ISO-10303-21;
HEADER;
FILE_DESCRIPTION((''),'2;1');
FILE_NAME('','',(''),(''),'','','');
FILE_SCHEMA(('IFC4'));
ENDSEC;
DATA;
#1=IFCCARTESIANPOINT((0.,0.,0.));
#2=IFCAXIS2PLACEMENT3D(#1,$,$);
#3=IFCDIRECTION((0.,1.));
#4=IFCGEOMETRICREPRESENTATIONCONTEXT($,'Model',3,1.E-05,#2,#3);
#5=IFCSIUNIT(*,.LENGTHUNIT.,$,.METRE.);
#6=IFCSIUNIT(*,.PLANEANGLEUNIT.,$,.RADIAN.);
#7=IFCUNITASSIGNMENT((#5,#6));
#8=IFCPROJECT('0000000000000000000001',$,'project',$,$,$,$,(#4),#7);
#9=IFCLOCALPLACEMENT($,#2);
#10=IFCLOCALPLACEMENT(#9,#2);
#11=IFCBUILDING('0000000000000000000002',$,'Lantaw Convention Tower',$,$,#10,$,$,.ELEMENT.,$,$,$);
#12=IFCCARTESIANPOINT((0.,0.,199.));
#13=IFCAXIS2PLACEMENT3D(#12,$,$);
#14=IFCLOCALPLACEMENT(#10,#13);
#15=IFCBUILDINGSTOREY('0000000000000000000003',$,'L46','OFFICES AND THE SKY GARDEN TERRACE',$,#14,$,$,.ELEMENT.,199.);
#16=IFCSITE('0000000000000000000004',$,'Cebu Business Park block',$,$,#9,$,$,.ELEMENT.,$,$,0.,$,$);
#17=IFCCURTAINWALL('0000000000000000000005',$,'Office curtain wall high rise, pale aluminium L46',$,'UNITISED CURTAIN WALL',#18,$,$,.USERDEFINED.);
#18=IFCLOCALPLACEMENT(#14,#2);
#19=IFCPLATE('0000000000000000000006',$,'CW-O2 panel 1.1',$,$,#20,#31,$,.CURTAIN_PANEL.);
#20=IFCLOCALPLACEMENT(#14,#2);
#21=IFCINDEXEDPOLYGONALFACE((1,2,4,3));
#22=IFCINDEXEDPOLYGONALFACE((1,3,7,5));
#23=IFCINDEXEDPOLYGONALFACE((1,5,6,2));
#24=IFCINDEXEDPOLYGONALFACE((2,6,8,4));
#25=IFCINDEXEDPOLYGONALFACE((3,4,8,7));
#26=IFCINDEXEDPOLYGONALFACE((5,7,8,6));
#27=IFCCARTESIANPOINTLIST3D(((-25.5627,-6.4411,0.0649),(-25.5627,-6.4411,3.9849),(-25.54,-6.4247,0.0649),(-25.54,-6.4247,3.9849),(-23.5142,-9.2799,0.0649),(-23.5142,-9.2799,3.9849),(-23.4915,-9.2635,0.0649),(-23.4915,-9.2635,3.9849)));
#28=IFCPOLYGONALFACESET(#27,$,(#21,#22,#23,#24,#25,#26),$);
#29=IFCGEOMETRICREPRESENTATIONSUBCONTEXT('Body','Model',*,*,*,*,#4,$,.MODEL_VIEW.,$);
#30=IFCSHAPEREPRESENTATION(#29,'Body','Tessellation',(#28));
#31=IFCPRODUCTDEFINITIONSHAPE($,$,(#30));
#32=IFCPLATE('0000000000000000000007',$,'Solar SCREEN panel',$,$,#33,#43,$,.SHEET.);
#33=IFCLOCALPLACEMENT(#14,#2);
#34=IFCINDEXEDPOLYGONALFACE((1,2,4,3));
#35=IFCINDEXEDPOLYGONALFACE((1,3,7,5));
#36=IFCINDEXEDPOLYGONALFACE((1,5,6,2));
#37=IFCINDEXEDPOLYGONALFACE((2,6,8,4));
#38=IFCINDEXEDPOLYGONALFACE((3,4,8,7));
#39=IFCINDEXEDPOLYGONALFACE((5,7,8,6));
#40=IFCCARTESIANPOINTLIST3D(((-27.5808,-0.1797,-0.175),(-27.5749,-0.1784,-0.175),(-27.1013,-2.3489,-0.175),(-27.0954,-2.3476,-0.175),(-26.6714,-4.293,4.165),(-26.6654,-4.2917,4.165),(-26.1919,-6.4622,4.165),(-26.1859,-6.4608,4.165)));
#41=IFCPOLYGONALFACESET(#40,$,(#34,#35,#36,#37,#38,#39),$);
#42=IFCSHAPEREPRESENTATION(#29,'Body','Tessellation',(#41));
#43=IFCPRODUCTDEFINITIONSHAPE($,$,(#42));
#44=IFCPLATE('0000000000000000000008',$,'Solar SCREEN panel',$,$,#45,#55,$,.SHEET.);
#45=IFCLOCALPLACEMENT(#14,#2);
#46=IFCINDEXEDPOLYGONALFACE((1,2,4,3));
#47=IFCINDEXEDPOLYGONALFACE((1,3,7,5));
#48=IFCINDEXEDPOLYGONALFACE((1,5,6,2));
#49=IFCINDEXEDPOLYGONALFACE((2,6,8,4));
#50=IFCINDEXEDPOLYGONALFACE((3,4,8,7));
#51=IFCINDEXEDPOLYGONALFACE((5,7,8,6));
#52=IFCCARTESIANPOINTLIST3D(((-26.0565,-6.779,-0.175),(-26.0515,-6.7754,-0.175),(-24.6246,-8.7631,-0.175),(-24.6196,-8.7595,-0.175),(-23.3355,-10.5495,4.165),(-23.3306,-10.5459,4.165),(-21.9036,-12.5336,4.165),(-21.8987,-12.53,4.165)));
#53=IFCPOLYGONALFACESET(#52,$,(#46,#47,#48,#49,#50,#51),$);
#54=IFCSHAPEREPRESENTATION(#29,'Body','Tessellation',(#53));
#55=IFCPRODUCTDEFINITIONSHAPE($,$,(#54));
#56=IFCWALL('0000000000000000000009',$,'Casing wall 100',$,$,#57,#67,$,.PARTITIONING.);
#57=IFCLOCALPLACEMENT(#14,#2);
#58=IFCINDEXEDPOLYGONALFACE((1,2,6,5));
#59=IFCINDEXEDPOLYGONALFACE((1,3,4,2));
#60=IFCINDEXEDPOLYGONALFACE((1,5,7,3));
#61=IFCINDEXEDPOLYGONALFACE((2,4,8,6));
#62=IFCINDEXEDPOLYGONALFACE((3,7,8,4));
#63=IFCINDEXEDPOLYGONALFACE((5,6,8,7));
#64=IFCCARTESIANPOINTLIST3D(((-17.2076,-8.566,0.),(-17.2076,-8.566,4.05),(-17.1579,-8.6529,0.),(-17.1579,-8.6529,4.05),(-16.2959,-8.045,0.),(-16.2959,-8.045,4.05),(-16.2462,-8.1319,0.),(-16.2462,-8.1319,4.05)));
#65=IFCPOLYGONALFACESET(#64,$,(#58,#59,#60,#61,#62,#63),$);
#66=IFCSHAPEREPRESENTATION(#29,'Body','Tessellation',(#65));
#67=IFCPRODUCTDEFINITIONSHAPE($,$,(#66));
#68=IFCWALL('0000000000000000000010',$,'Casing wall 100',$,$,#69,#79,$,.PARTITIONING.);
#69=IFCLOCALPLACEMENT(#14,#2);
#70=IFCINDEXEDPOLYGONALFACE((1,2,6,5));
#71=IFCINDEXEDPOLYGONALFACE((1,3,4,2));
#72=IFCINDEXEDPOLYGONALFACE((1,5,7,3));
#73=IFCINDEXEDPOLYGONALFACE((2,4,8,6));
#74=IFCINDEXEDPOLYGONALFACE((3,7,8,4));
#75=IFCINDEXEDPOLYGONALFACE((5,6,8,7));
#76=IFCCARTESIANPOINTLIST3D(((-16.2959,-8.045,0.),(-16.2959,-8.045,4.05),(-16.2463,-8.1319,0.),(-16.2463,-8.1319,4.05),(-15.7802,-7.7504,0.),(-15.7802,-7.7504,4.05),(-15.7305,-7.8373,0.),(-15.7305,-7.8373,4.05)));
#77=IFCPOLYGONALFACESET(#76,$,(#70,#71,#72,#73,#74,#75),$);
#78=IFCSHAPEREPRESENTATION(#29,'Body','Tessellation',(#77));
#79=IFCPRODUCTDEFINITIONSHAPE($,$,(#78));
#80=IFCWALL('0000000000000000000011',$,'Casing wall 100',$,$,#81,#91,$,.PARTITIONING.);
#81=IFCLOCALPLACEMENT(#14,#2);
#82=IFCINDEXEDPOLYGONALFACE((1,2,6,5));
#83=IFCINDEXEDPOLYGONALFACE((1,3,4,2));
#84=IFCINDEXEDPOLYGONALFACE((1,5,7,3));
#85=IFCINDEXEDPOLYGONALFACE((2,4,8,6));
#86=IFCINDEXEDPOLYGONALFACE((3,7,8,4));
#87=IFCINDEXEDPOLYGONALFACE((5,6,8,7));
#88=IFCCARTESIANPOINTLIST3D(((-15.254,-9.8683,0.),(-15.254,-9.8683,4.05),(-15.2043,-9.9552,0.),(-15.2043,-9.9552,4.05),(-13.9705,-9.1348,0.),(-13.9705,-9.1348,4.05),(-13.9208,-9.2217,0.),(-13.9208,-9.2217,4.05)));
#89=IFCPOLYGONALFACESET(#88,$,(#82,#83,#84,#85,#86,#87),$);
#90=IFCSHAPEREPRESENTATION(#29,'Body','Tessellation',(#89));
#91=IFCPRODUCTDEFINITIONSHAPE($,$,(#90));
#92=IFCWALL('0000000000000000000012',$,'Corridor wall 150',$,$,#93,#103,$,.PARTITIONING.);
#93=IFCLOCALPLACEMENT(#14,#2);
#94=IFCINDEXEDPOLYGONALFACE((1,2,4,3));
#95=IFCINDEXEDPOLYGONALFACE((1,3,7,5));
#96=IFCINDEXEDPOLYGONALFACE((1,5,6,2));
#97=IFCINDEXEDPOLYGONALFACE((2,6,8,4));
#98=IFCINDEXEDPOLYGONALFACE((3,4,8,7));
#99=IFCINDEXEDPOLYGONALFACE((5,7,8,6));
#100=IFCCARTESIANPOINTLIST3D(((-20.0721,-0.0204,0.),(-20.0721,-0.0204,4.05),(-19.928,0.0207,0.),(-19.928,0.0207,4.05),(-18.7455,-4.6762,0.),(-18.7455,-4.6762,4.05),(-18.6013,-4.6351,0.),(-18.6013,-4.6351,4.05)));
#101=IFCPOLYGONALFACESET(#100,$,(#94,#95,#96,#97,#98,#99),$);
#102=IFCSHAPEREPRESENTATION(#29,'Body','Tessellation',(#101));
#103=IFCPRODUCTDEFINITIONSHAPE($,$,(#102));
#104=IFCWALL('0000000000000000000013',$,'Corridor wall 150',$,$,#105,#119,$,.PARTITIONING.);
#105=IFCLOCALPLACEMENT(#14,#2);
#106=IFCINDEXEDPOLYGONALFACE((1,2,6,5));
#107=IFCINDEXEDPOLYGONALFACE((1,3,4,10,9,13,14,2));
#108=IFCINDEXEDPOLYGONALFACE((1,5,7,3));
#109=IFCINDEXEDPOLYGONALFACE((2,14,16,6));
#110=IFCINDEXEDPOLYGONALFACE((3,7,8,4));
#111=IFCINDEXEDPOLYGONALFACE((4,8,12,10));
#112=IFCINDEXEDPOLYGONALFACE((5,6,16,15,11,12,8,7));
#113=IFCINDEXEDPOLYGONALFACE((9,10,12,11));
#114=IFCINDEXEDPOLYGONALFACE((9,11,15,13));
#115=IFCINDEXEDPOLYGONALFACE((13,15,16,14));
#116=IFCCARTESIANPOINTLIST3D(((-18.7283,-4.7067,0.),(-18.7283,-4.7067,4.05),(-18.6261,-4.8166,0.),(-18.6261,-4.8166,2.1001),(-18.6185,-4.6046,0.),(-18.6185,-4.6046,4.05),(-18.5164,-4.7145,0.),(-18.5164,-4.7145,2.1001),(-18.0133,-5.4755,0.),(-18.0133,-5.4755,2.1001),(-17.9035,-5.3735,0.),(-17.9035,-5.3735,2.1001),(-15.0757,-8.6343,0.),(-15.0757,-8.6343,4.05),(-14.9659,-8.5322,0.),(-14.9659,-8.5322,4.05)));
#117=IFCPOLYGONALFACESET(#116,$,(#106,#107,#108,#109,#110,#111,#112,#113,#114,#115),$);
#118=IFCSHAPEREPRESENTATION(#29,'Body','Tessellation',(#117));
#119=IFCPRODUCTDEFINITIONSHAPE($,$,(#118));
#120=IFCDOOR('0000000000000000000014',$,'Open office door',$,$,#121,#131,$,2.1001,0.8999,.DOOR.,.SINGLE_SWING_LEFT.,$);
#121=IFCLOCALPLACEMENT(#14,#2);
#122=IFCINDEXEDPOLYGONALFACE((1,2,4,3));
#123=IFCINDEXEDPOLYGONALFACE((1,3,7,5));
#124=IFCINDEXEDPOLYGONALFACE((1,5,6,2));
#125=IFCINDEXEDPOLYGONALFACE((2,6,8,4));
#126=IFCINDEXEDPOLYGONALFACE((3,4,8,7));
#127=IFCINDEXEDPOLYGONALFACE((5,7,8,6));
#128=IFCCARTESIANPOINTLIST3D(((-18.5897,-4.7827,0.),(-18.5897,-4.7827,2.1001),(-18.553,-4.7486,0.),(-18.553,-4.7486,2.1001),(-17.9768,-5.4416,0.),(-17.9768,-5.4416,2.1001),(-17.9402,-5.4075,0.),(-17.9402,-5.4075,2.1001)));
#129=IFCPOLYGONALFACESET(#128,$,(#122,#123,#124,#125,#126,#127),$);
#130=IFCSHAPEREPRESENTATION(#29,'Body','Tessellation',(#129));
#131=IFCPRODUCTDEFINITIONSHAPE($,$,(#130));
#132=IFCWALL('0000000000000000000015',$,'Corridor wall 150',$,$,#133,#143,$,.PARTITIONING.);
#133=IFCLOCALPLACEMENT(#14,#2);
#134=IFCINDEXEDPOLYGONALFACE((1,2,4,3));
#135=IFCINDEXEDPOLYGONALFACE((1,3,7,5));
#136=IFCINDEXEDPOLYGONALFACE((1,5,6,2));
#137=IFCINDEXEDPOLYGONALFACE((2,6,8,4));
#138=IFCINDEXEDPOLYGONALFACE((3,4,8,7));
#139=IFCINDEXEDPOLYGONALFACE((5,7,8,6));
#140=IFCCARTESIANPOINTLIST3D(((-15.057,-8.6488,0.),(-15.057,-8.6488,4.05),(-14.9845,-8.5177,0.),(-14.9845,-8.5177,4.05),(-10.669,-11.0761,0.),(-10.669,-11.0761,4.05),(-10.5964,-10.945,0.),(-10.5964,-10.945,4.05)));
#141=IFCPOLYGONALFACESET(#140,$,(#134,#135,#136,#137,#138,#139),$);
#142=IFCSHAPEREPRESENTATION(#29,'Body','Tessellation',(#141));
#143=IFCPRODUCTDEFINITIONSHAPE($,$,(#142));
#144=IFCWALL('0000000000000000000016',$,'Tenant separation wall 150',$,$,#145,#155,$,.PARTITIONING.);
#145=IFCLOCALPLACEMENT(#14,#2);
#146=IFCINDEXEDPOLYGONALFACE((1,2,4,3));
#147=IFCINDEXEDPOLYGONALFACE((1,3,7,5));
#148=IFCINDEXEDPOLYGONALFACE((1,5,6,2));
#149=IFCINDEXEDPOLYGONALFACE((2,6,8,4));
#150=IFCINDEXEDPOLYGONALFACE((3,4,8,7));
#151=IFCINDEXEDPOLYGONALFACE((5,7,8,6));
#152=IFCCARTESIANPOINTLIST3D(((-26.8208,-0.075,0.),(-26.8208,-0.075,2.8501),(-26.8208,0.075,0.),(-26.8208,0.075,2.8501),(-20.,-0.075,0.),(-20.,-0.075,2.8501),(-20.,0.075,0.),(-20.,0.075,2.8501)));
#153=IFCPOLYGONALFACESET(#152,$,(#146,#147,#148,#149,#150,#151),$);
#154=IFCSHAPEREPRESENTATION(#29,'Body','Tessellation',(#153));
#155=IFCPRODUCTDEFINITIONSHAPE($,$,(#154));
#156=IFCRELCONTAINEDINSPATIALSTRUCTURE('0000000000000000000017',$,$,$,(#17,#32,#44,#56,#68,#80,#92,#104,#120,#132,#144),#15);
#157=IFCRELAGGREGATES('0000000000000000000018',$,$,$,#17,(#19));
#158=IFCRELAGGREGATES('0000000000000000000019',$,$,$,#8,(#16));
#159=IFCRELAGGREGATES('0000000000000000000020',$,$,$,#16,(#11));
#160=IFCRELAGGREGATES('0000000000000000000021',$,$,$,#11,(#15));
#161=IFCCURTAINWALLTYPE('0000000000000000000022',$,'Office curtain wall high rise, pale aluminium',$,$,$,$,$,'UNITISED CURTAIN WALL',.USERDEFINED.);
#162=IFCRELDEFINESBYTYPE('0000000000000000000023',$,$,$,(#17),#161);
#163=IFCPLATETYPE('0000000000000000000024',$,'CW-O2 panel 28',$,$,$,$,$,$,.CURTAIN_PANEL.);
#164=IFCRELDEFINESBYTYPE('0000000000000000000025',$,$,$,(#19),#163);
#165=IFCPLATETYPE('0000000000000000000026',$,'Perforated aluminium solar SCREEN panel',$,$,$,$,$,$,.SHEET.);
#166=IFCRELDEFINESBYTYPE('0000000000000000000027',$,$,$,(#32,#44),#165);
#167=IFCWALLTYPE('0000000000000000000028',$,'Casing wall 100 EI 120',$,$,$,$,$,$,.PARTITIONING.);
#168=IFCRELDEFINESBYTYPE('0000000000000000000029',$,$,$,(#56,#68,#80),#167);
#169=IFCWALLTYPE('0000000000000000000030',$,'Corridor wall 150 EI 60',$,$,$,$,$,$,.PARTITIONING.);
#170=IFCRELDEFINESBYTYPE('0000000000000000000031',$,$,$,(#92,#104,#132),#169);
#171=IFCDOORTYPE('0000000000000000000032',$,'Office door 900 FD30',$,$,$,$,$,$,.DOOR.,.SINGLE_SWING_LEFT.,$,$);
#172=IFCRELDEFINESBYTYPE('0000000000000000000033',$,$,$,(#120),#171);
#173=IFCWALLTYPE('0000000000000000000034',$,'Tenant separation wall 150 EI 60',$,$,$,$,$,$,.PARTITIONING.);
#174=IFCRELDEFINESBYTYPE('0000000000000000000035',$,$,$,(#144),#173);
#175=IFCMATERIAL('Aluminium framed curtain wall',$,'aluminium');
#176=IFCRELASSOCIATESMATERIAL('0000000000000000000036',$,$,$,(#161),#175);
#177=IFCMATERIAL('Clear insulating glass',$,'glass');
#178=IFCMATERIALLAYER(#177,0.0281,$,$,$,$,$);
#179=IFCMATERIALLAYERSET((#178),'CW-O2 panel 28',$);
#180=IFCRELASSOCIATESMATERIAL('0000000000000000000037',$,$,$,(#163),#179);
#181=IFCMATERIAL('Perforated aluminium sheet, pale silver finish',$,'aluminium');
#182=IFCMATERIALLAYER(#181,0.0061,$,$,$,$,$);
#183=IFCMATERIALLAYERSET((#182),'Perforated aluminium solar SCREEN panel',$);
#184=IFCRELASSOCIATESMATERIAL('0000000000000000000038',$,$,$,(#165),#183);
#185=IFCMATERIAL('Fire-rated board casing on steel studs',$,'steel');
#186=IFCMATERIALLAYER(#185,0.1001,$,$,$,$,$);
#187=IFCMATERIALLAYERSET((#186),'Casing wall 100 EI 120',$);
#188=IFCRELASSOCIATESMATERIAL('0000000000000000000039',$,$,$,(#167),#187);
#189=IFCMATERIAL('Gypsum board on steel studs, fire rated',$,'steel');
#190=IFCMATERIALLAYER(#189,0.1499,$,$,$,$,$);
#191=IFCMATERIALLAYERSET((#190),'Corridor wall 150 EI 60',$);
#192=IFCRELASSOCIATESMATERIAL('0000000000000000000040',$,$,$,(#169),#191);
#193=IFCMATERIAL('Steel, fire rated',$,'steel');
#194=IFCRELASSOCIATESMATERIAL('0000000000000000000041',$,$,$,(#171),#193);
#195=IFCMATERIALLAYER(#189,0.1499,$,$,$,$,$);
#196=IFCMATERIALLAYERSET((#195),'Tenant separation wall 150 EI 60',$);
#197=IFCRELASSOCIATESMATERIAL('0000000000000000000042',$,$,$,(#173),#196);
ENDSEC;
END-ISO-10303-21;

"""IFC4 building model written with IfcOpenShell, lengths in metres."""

from ifc_helpers import new_model, si_unit, direction, frame, frame_2d, origin, origin_2d, place, context, subcontext, project, spatial, polyline, rectangle, outline, extrude, material, layer, layer_set, type_object, element, fill, aggregate, save


model = new_model("IFC4")

# Units and contexts
model_context = context("Model", 3, precision=1e-05, world=origin(), true_north=direction((0.0, 1.0)))
body_context = subcontext(model_context, "Body", "Model", "MODEL_VIEW")
ifc_project = project(units=[si_unit("LENGTHUNIT", "METRE"), si_unit("PLANEANGLEUNIT", "RADIAN")], contexts=[model_context])

# Site, building, storey
site_placement = place(None, origin())
site = spatial("IfcSite", under=ifc_project, at=site_placement, Name="Cebu Business Park block", CompositionType="ELEMENT", RefElevation=0.0)
building_placement = place(site_placement, origin())
building = spatial("IfcBuilding", under=site, at=building_placement, Name="Lantaw Convention Tower", CompositionType="ELEMENT")
storey_placement = place(building_placement, frame((0.0, 0.0, 199.0)))
storey = spatial("IfcBuildingStorey", under=building, at=storey_placement, Name="L46", Description="OFFICES AND THE SKY GARDEN TERRACE", CompositionType="ELEMENT", Elevation=199.0)

# Curtain wall, plate
ifc_material_1 = material(Name="Aluminium framed curtain wall", Category="aluminium")
curtain_wall_type = type_object("IfcCurtainWallType", Name="Office curtain wall high rise, pale aluminium", ElementType="UNITISED CURTAIN WALL", PredefinedType="USERDEFINED", material=ifc_material_1)
curtain_wall_placement = place(storey_placement, origin())
curtain_wall = element("IfcCurtainWall", 1, at=curtain_wall_placement, inside=storey, type_object=curtain_wall_type, Name="Office curtain wall high rise, pale aluminium L46", ObjectType="UNITISED CURTAIN WALL", PredefinedType="USERDEFINED")
ifc_material_2 = material(Name="Clear insulating glass", Category="glass")
ifc_layer_1 = layer(ifc_material_2, 0.0281)
ifc_layer_set_1 = layer_set([ifc_layer_1], Name="CW-O2 panel 28")
plate_type_1 = type_object("IfcPlateType", Name="CW-O2 panel 28", PredefinedType="CURTAIN_PANEL", material=ifc_layer_set_1)
plate_1_placement = place(storey_placement, frame((-24.5271, -7.8523, 0.0649), z_axis=(0.0, 0.0, 1.0), x_axis=(0.585158, -0.81092, 0.0)))
plate_1 = element("IfcPlate", 2, at=plate_1_placement, type_object=plate_type_1, Name="CW-O2 panel 1.1", PredefinedType="CURTAIN_PANEL", context=body_context, shape_type="SweptSolid", body=[
    extrude(rectangle(XDim=3.5007, YDim=0.0281, at=origin_2d()), origin(), (0.0, 0.0, 1.0), 3.9199),
])
aggregate(curtain_wall, [plate_1])

# Plates
ifc_material_3 = material(Name="Perforated aluminium sheet, pale silver finish", Category="aluminium")
ifc_layer_2 = layer(ifc_material_3, 0.0061)
ifc_layer_set_2 = layer_set([ifc_layer_2], Name="Perforated aluminium solar SCREEN panel")
plate_type_2 = type_object("IfcPlateType", Name="Perforated aluminium solar SCREEN panel", PredefinedType="SHEET", material=ifc_layer_set_2)
plate_2_placement = place(storey_placement, frame((-27.5808, -0.1797, -0.175), z_axis=(-0.97643, -0.215837, 0.000044), x_axis=(0.215837, -0.97643, 0.0)))
element("IfcPlate", 3, at=plate_2_placement, inside=storey, type_object=plate_type_2, Name="Solar SCREEN panel", PredefinedType="SHEET", context=body_context, shape_type="SweptSolid", body=[
    extrude(outline(polyline([(0.0, 0.0), (2.2216, 0.0), (6.4342, 4.3401), (4.2126, 4.3401), (0.0, 0.0)])), origin(), (0.0, 0.0, -1.0), 0.0061),
])
plate_3_placement = place(storey_placement, frame((-26.0515, -6.7754, -0.175), z_axis=(0.810892, 0.585195, 0.00002), x_axis=(0.585195, -0.810892, 0.0)))
element("IfcPlate", 4, at=plate_3_placement, inside=storey, type_object=plate_type_2, Name="Solar SCREEN panel", PredefinedType="SHEET", context=body_context, shape_type="SweptSolid", body=[
    extrude(outline(polyline([(0.0, 0.0), (2.4468, 0.0), (7.0966, -4.3401), (4.6498, -4.3401), (0.0, 0.0)])), origin(), (0.0, 0.0, -1.0), 0.0061),
])

# Walls
ifc_material_4 = material(Name="Fire-rated board casing on steel studs", Category="steel")
ifc_layer_3 = layer(ifc_material_4, 0.1001)
ifc_layer_set_3 = layer_set([ifc_layer_3], Name="Casing wall 100 EI 120")
wall_type_1 = type_object("IfcWallType", Name="Casing wall 100 EI 120", PredefinedType="PARTITIONING", material=ifc_layer_set_3)
wall_1_placement = place(storey_placement, frame((-17.1826, -8.6094, 0.0), z_axis=(0.0, 0.0, 1.0), x_axis=(0.868215, 0.496189, 0.0)))
element("IfcWall", 5, at=wall_1_placement, inside=storey, type_object=wall_type_1, Name="Casing wall 100", PredefinedType="PARTITIONING", context=body_context, shape_type="SweptSolid", body=[
    extrude(rectangle(XDim=1.05, YDim=0.1001, at=frame_2d((0.5249, 0.0))), origin(), (0.0, 0.0, 1.0), 4.05),
])
wall_2_placement = place(storey_placement, frame((-16.271, -8.0884, 0.0), z_axis=(0.0, 0.0, 1.0), x_axis=(0.868319, 0.496006, 0.0)))
element("IfcWall", 6, at=wall_2_placement, inside=storey, type_object=wall_type_1, Name="Casing wall 100", PredefinedType="PARTITIONING", context=body_context, shape_type="SweptSolid", body=[
    extrude(rectangle(XDim=0.594, YDim=0.1001, at=frame_2d((0.2969, 0.0))), origin(), (0.0, 0.0, 1.0), 4.05),
])
wall_3_placement = place(storey_placement, frame((-13.9456, -9.1782, 0.0), z_axis=(0.0, 0.0, 1.0), x_axis=(-0.868243, -0.496139, 0.0)))
element("IfcWall", 7, at=wall_3_placement, inside=storey, type_object=wall_type_1, Name="Casing wall 100", PredefinedType="PARTITIONING", context=body_context, shape_type="SweptSolid", body=[
    extrude(rectangle(XDim=1.4783, YDim=0.1001, at=frame_2d((0.7393, 0.0))), origin(), (0.0, 0.0, 1.0), 4.05),
])
ifc_material_5 = material(Name="Gypsum board on steel studs, fire rated", Category="steel")
ifc_layer_4 = layer(ifc_material_5, 0.1499)
ifc_layer_set_4 = layer_set([ifc_layer_4], Name="Corridor wall 150 EI 60")
wall_type_2 = type_object("IfcWallType", Name="Corridor wall 150 EI 60", PredefinedType="PARTITIONING", material=ifc_layer_set_4)
wall_4_placement = place(storey_placement, frame((-20.0, 0.0, 0.0), z_axis=(0.0, 0.0, 1.0), x_axis=(0.274042, -0.961718, 0.0)))
element("IfcWall", 8, at=wall_4_placement, inside=storey, type_object=wall_type_2, Name="Corridor wall 150", PredefinedType="PARTITIONING", context=body_context, shape_type="SweptSolid", body=[
    extrude(rectangle(XDim=4.8411, YDim=0.1499, at=frame_2d((2.4204, 0.0))), origin(), (0.0, 0.0, 1.0), 4.05),
])

# Wall, opening, door
wall_5_placement = place(storey_placement, frame((-18.6733, -4.6558, 0.0), z_axis=(0.0, 0.0, 1.0), x_axis=(0.681015, -0.73227, 0.0)))
wall_5 = element("IfcWall", 9, at=wall_5_placement, inside=storey, type_object=wall_type_2, Name="Corridor wall 150", PredefinedType="PARTITIONING", context=body_context, shape_type="SweptSolid", body=[
    extrude(rectangle(XDim=5.3635, YDim=0.1499, at=frame_2d((2.6816, 0.0))), origin(), (0.0, 0.0, 1.0), 4.05),
])
opening_placement = place(wall_5_placement, frame((0.1499, 0.0, 0.0)))
opening = element("IfcOpeningElement", 10, at=opening_placement, cuts=wall_5, PredefinedType="OPENING", context=body_context, shape_type="SweptSolid", body=[
    extrude(rectangle(XDim=0.8999, YDim=2.1001, at=frame_2d((0.45, 1.05))), frame((0.0, 0.085, 0.0), z_axis=(0.0, -1.0, 0.0), x_axis=(1.0, 0.0, 0.0)), (0.0, 0.0, 1.0), 0.1699),
])
ifc_material_6 = material(Name="Steel, fire rated", Category="steel")
door_type = type_object("IfcDoorType", Name="Office door 900 FD30", OperationType="SINGLE_SWING_LEFT", PredefinedType="DOOR", material=ifc_material_6)
door_placement = place(opening_placement, origin())
door = element("IfcDoor", 11, at=door_placement, inside=storey, type_object=door_type, Name="Open office door", OperationType="SINGLE_SWING_LEFT", OverallHeight=2.1001, OverallWidth=0.8999, PredefinedType="DOOR", context=body_context, shape_type="SweptSolid", body=[
    extrude(rectangle(XDim=0.8999, YDim=2.1001, at=frame_2d((0.45, 1.05))), frame((0.0, 0.0249, 0.0), z_axis=(0.0, -1.0, 0.0), x_axis=(1.0, 0.0, 0.0)), (0.0, 0.0, 1.0), 0.05),
])
fill(opening, door)

# Walls
wall_6_placement = place(storey_placement, frame((-15.0208, -8.5833, 0.0), z_axis=(0.0, 0.0, 1.0), x_axis=(0.875045, -0.484042, 0.0)))
element("IfcWall", 12, at=wall_6_placement, inside=storey, type_object=wall_type_2, Name="Corridor wall 150", PredefinedType="PARTITIONING", context=body_context, shape_type="SweptSolid", body=[
    extrude(rectangle(XDim=5.0146, YDim=0.1499, at=frame_2d((2.5073, 0.0))), origin(), (0.0, 0.0, 1.0), 4.05),
])
ifc_layer_5 = layer(ifc_material_5, 0.1499)
ifc_layer_set_5 = layer_set([ifc_layer_5], Name="Tenant separation wall 150 EI 60")
wall_type_3 = type_object("IfcWallType", Name="Tenant separation wall 150 EI 60", PredefinedType="PARTITIONING", material=ifc_layer_set_5)
wall_7_placement = place(storey_placement, frame((-26.8208, 0.0, 0.0), z_axis=(0.0, 0.0, 1.0), x_axis=(1.0, 0.0, 0.0)))
element("IfcWall", 13, at=wall_7_placement, inside=storey, type_object=wall_type_3, Name="Tenant separation wall 150", PredefinedType="PARTITIONING", context=body_context, shape_type="SweptSolid", body=[
    extrude(rectangle(XDim=6.8208, YDim=0.1499, at=frame_2d((3.4104, 0.0))), origin(), (0.0, 0.0, 1.0), 2.8501),
])

save(model, "model.ifc")
